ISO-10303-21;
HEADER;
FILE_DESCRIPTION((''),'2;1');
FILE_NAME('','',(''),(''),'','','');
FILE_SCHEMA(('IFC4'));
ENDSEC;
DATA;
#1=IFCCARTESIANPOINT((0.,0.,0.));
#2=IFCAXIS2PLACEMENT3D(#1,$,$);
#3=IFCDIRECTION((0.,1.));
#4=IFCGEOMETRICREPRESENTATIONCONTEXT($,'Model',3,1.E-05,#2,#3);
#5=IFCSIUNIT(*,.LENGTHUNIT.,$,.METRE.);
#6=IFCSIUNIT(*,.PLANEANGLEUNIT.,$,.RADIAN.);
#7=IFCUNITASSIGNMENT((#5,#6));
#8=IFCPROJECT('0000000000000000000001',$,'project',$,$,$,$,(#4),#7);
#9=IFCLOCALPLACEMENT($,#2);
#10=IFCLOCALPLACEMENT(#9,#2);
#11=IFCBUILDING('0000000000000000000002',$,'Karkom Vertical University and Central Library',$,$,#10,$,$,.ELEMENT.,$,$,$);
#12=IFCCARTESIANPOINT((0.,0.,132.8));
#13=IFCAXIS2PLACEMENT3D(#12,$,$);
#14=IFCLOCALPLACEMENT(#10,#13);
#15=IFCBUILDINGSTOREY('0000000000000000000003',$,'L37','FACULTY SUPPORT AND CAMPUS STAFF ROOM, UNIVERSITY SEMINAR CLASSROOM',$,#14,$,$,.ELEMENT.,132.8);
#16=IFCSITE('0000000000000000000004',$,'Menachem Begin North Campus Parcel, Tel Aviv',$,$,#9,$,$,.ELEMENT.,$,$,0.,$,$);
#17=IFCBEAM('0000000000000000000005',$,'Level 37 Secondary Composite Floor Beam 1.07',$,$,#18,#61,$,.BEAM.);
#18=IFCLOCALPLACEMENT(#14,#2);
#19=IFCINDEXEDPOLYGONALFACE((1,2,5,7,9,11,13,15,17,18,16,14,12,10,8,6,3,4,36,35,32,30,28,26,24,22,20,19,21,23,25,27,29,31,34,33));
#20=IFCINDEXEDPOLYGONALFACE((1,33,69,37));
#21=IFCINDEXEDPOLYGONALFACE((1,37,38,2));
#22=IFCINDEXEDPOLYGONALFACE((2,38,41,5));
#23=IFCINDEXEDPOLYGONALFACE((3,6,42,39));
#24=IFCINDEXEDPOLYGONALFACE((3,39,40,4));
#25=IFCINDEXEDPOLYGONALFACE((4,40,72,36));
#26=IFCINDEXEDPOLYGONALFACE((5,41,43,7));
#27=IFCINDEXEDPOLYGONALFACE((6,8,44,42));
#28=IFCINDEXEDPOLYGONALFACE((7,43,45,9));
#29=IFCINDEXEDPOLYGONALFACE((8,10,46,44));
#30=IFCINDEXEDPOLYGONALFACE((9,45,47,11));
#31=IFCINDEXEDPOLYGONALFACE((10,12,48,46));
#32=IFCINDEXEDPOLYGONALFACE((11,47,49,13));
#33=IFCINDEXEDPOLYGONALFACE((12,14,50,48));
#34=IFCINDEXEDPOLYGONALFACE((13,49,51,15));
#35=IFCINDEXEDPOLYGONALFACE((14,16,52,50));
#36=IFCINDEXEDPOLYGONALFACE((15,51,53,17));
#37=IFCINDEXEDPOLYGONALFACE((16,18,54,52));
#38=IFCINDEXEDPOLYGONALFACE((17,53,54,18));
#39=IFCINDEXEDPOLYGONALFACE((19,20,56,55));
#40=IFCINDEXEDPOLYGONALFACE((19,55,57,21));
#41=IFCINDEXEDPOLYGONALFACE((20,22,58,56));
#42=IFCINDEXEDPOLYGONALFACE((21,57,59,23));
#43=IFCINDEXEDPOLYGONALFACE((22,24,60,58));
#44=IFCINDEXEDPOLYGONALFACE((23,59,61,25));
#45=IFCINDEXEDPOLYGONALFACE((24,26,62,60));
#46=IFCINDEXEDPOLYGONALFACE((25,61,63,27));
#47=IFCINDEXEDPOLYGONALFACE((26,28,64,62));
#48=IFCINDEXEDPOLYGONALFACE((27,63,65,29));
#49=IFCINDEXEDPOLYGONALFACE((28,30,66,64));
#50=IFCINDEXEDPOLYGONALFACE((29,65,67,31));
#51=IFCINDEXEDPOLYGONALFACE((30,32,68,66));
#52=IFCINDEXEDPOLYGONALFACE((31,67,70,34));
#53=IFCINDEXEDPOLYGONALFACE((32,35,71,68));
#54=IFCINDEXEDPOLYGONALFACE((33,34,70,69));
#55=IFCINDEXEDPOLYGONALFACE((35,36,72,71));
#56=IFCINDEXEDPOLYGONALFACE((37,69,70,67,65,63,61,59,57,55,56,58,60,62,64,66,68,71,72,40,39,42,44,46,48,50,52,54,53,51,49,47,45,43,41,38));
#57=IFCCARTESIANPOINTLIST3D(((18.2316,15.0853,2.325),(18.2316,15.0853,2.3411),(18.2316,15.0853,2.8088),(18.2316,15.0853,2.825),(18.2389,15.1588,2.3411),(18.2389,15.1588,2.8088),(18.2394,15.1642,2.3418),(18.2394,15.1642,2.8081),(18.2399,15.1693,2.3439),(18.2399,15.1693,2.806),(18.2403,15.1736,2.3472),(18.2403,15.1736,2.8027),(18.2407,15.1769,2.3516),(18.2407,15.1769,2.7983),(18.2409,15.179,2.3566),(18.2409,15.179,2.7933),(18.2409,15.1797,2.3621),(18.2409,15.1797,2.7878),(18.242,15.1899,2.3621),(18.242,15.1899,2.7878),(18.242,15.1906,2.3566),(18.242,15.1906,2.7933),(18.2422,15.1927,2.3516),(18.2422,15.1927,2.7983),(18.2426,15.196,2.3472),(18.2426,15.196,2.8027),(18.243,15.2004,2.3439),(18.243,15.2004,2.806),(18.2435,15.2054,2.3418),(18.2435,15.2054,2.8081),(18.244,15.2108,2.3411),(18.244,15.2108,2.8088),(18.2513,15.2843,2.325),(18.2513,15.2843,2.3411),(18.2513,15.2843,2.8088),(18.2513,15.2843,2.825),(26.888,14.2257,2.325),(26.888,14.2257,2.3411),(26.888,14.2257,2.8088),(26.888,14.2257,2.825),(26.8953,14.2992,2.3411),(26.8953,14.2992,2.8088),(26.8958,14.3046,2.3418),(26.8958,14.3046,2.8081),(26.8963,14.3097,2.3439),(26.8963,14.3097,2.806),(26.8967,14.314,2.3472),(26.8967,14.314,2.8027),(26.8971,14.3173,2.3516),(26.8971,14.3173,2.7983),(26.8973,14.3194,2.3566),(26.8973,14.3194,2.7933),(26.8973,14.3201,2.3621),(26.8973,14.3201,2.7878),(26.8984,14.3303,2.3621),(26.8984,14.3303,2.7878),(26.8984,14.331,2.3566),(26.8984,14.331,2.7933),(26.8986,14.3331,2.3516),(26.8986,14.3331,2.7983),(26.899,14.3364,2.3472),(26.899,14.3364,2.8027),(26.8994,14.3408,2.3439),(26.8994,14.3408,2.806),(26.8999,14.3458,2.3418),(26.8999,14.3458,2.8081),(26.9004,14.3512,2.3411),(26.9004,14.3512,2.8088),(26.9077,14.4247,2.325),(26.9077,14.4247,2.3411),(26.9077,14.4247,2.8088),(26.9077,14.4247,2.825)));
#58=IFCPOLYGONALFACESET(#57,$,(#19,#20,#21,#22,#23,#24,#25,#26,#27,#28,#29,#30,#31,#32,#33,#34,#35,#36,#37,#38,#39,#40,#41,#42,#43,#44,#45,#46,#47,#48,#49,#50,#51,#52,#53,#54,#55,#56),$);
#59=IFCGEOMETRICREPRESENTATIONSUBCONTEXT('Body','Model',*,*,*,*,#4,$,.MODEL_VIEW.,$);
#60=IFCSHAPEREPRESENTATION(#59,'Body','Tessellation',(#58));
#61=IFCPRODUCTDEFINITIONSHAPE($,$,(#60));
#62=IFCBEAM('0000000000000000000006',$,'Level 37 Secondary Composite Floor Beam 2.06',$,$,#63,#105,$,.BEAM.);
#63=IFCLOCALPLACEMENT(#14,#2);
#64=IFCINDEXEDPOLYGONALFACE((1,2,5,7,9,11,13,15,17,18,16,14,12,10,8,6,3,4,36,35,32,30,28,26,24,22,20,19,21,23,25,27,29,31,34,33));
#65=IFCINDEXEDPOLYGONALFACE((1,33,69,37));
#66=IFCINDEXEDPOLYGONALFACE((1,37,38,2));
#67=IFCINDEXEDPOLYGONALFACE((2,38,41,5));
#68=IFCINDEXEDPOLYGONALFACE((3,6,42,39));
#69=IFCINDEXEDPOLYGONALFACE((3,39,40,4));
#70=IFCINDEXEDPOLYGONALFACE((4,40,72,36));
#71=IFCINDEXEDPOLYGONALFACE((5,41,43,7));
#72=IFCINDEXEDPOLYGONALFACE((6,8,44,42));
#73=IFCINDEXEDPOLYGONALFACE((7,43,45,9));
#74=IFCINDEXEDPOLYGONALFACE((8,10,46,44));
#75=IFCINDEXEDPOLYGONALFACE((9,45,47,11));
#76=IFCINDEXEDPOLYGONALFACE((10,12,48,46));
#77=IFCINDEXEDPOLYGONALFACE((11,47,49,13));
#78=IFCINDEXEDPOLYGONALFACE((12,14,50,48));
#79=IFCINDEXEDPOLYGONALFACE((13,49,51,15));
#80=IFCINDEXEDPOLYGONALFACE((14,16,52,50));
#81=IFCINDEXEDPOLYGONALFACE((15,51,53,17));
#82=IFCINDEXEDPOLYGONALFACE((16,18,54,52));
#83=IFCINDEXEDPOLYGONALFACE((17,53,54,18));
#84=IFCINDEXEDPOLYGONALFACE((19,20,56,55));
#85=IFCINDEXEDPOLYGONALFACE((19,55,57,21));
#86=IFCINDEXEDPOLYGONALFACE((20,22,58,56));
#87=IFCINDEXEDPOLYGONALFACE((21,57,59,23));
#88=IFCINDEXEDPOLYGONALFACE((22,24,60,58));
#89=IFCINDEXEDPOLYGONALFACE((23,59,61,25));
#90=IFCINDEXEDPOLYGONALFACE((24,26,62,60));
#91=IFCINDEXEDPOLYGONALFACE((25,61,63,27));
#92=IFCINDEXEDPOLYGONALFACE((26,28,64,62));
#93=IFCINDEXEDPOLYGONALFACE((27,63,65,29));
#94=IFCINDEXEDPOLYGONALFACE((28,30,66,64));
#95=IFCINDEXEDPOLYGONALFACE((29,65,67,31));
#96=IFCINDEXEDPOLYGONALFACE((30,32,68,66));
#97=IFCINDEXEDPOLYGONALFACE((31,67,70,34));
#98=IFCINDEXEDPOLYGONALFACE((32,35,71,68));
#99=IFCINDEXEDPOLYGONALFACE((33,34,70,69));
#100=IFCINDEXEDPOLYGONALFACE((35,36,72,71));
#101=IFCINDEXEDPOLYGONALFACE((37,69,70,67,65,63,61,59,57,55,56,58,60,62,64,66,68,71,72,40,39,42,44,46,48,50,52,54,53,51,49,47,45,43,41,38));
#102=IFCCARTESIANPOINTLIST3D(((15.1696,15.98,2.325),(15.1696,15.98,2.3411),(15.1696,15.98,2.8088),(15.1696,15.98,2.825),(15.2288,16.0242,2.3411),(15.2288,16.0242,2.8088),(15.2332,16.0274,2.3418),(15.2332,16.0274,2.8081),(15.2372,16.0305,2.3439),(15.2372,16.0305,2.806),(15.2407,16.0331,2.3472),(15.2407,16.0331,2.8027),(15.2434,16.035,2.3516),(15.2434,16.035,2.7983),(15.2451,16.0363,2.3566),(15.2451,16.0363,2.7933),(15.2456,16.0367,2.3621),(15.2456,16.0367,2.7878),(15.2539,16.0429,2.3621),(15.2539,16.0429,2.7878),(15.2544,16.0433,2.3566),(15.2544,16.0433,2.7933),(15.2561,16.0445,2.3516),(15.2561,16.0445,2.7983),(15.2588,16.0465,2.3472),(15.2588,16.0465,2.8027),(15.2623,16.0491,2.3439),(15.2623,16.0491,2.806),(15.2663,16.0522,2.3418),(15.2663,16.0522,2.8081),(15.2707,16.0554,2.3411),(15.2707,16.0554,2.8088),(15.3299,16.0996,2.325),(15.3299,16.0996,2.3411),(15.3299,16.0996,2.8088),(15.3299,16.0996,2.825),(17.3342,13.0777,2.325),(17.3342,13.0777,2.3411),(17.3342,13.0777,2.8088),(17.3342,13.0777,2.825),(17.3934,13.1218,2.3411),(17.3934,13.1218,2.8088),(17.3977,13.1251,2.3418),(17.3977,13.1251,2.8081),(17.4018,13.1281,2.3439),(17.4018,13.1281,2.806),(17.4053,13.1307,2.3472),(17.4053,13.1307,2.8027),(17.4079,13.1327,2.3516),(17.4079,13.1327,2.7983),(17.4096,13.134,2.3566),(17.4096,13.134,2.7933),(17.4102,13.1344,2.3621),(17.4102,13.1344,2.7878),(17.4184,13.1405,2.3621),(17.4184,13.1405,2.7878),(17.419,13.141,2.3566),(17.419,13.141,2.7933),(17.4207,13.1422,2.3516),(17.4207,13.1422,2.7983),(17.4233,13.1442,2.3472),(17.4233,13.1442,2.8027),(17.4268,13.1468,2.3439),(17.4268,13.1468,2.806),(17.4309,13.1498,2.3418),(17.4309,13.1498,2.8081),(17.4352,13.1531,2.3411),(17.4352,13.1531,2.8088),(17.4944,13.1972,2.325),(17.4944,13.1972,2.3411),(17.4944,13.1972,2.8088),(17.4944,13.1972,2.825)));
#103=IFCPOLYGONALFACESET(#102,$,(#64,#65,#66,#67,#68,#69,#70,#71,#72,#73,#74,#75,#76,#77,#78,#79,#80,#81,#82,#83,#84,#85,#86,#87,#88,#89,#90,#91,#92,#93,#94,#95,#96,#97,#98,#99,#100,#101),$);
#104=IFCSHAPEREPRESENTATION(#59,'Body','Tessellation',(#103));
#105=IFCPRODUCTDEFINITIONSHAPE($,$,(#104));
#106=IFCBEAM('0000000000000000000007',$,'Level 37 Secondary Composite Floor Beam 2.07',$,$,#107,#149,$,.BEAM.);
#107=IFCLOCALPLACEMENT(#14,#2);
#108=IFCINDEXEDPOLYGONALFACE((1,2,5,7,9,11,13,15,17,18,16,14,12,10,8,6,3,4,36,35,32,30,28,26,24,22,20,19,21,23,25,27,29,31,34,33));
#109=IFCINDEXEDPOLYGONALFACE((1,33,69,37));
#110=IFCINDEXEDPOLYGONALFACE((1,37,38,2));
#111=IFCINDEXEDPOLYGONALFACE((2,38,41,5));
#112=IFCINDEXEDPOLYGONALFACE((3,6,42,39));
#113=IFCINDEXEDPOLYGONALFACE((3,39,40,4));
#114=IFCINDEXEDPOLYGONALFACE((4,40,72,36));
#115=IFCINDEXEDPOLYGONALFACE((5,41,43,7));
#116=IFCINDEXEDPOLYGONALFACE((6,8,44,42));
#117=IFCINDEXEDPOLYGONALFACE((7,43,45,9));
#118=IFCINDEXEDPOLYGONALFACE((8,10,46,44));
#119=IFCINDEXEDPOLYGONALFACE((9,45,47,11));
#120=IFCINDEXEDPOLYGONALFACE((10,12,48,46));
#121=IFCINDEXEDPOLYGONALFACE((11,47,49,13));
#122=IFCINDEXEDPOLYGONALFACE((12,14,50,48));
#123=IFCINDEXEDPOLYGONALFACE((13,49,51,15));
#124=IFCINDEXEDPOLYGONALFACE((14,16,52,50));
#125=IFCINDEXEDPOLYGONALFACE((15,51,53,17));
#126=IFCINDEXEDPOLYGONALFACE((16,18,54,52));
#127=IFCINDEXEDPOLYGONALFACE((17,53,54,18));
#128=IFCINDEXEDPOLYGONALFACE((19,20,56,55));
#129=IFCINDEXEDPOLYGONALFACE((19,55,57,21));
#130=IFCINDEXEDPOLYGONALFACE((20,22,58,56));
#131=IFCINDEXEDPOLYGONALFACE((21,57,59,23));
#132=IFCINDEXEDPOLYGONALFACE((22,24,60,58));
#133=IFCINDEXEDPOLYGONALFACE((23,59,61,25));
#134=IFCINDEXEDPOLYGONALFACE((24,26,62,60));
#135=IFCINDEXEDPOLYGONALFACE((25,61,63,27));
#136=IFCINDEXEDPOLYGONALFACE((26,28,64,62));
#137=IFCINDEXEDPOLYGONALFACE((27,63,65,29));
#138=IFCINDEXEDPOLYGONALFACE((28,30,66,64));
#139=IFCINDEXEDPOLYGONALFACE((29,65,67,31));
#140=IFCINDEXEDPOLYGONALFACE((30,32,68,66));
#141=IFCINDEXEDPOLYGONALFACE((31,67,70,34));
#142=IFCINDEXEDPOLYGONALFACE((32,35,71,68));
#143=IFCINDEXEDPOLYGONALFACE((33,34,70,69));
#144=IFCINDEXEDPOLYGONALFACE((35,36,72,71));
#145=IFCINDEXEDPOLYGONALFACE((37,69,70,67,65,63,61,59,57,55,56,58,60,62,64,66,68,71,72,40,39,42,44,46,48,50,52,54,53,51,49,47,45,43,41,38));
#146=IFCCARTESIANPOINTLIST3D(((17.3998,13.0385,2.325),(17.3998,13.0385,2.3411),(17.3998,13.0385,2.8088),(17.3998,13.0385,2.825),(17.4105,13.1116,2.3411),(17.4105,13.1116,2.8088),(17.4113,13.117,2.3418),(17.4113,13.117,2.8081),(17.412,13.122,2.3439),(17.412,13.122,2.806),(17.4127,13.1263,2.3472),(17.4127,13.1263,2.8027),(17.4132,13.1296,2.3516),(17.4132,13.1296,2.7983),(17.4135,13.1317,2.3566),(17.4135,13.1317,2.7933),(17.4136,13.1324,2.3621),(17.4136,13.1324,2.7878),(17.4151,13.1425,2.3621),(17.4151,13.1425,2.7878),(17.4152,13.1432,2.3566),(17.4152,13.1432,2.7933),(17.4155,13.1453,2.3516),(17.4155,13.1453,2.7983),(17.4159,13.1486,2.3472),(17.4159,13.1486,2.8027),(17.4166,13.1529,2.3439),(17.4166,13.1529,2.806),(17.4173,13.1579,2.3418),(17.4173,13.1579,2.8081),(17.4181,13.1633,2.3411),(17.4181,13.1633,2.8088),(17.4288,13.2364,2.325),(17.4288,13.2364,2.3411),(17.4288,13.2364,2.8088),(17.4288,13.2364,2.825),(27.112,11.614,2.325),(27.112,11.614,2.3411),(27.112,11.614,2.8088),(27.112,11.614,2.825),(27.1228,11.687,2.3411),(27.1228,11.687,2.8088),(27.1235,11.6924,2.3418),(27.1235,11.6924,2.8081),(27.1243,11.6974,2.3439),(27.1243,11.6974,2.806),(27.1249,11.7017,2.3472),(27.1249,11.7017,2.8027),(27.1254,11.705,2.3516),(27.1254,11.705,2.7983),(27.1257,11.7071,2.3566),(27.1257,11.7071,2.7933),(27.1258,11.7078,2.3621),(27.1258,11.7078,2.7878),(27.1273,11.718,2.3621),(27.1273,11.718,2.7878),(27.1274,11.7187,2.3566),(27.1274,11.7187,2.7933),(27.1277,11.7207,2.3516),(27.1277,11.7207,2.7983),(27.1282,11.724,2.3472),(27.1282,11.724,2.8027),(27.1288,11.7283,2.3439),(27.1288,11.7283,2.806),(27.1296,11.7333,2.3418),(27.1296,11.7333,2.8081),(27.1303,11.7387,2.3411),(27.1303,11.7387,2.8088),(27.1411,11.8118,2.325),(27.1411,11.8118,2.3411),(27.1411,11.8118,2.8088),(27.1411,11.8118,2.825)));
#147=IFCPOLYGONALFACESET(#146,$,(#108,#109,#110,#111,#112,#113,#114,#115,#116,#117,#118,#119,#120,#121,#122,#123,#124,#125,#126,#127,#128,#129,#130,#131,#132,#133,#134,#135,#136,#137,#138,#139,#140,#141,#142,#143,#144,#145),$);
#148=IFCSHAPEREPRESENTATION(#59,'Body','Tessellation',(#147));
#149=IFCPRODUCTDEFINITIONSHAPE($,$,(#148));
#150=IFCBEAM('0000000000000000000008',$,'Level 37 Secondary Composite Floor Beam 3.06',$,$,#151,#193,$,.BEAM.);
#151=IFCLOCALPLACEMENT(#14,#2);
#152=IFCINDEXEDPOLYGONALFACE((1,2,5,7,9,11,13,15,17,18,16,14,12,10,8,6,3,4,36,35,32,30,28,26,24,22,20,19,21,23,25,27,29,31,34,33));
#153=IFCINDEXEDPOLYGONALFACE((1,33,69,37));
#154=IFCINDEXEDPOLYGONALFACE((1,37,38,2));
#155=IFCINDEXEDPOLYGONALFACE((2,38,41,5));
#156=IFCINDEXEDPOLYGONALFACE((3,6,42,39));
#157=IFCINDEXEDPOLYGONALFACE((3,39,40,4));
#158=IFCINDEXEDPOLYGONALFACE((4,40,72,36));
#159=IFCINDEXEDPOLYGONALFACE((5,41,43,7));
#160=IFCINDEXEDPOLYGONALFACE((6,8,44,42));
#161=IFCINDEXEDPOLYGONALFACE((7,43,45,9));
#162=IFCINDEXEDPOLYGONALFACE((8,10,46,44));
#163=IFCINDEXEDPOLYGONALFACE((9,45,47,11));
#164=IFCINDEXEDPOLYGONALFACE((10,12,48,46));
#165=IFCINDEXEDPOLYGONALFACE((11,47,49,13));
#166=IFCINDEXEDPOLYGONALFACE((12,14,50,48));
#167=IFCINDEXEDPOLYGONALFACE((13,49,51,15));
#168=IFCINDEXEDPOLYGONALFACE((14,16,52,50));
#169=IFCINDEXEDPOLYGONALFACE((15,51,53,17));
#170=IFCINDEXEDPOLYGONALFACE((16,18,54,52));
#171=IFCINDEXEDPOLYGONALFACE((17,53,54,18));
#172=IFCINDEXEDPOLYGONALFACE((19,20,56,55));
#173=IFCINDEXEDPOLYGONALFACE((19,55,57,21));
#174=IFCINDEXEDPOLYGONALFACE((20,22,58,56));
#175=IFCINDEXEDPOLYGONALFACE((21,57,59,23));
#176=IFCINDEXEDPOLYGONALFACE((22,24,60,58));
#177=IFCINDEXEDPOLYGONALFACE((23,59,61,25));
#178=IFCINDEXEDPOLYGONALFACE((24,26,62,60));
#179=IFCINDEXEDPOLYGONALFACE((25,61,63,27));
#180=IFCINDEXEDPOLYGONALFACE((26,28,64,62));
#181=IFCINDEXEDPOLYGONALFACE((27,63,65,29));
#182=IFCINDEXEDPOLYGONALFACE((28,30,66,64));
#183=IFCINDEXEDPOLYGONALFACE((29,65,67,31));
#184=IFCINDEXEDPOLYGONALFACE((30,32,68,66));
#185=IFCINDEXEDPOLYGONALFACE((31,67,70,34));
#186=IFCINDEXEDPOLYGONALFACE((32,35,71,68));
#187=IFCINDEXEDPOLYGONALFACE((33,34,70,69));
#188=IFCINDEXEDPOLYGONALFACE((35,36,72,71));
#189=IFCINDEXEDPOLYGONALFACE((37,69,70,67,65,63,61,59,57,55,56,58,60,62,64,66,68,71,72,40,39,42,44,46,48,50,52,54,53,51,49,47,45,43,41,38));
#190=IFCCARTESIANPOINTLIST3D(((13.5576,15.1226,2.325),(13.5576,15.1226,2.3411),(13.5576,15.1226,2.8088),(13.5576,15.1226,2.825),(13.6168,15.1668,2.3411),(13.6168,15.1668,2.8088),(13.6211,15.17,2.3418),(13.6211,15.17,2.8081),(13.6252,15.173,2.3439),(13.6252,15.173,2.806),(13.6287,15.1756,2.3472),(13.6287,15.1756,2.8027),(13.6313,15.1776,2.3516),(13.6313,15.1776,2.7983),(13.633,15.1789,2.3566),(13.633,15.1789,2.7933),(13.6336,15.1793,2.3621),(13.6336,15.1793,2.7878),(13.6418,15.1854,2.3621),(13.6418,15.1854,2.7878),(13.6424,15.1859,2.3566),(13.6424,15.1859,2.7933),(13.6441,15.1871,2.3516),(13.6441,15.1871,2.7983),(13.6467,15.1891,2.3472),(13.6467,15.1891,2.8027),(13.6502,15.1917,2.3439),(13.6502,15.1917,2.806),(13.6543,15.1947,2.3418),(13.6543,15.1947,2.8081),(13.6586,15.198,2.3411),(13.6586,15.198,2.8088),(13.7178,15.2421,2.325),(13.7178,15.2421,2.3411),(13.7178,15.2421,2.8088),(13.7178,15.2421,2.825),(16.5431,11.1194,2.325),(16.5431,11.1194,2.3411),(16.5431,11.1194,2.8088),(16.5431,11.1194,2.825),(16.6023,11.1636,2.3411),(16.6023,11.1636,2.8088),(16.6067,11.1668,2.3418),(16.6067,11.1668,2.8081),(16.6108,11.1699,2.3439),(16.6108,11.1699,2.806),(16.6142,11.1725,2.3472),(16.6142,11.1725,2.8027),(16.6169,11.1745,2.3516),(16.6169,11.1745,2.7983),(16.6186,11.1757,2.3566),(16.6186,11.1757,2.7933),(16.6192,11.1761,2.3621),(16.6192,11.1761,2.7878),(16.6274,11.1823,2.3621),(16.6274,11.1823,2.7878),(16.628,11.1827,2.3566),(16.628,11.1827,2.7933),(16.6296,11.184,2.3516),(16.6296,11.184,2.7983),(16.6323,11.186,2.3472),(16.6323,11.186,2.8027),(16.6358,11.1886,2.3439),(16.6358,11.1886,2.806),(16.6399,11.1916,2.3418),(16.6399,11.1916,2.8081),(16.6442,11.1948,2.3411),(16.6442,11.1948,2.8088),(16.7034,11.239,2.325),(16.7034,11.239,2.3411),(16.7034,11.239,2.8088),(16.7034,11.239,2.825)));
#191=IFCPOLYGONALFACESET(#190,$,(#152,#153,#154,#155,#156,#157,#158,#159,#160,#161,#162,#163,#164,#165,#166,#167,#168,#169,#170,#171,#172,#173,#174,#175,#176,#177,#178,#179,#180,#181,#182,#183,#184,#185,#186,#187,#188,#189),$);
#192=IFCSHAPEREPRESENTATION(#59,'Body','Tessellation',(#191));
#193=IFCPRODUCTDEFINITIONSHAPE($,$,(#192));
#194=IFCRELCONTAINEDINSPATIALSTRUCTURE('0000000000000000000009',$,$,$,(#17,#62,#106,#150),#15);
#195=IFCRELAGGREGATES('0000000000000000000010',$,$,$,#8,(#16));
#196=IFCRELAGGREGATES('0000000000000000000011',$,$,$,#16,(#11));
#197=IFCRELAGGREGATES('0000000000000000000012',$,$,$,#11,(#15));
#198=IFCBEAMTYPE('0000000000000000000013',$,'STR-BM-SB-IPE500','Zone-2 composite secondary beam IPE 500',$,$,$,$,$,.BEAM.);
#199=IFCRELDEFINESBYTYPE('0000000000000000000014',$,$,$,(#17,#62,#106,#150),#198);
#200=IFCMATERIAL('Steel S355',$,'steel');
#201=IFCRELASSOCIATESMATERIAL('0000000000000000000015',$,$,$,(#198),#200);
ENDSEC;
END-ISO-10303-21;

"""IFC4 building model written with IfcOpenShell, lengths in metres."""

from ifc_helpers import new_model, si_unit, direction, frame, origin, origin_with_axes, origin_2d, place, context, subcontext, project, spatial, i_section, extrude, source, transform, mapped, material, material_profile, profile_set, type_object, element, save


model = new_model("IFC4")

# Units and contexts
model_context = context("Model", 3, precision=1e-05, world=origin(), true_north=direction((0.0, 1.0)))
body_context = subcontext(model_context, "Body", "Model", "MODEL_VIEW")
ifc_project = project(units=[si_unit("LENGTHUNIT", "METRE"), si_unit("PLANEANGLEUNIT", "RADIAN")], contexts=[model_context])

# Site, building, storey
site_placement = place(None, origin())
site = spatial("IfcSite", under=ifc_project, at=site_placement, Name="Menachem Begin North Campus Parcel, Tel Aviv", CompositionType="ELEMENT", RefElevation=0.0)
building_placement = place(site_placement, origin())
building = spatial("IfcBuilding", under=site, at=building_placement, Name="Karkom Vertical University and Central Library", CompositionType="ELEMENT")
storey_placement = place(building_placement, frame((0.0, 0.0, 132.8)))
storey = spatial("IfcBuildingStorey", under=building, at=storey_placement, Name="L37", Description="FACULTY SUPPORT AND CAMPUS STAFF ROOM, UNIVERSITY SEMINAR CLASSROOM", CompositionType="ELEMENT", Elevation=132.8)

# Beams
ifc_material_1 = material(Name="Steel S355", Category="steel")
ifc_material_profile_1 = material_profile(ifc_material_1, i_section(OverallWidth=0.2, OverallDepth=0.5, WebThickness=0.0103, FlangeThickness=0.0161, FilletRadius=0.021, at=origin_2d()), Name="IPE 500")
ifc_profile_set_1 = profile_set([ifc_material_profile_1], Name="Steel S355")
beam_type_1 = type_object("IfcBeamType", Name="STR-BM-SB-IPE500", Description="Zone-2 composite secondary beam IPE 500", PredefinedType="BEAM", material=ifc_profile_set_1)
shared_shape_1 = source(origin_with_axes(), body_context, "Body", "SweptSolid", [
    extrude(i_section(OverallWidth=0.2, OverallDepth=0.5, WebThickness=0.0103, FlangeThickness=0.0161, FilletRadius=0.021, at=origin_2d()), origin(), (0.0, 0.0, 1.0), 8.699),
])
beam_1_placement = place(storey_placement, frame((18.2415, 15.1848, 2.575), z_axis=(0.995106, -0.098817, 0.0), x_axis=(0.098817, 0.995106, 0.0)))
element("IfcBeam", 1, at=beam_1_placement, inside=storey, type_object=beam_type_1, Name="Level 37 Secondary Composite Floor Beam 1.07", PredefinedType="BEAM", context=body_context, shape_type="MappedRepresentation", body=[
    mapped(shared_shape_1, transform((0.0, 0.0, 0.0), scale=1.0)),
])
shared_shape_2 = source(origin_with_axes(), body_context, "Body", "SweptSolid", [
    extrude(i_section(OverallWidth=0.2, OverallDepth=0.5, WebThickness=0.0103, FlangeThickness=0.0161, FilletRadius=0.021, at=origin_2d()), origin(), (0.0, 0.0, 1.0), 3.6206),
])
beam_2_placement = place(storey_placement, frame((15.2498, 16.0398, 2.575), z_axis=(0.59784, -0.801615, 0.0), x_axis=(0.801615, 0.59784, 0.0)))
element("IfcBeam", 2, at=beam_2_placement, inside=storey, type_object=beam_type_1, Name="Level 37 Secondary Composite Floor Beam 2.06", PredefinedType="BEAM", context=body_context, shape_type="MappedRepresentation", body=[
    mapped(shared_shape_2, transform((0.0, 0.0, 0.0), scale=1.0)),
])
shared_shape_3 = source(origin_with_axes(), body_context, "Body", "SweptSolid", [
    extrude(i_section(OverallWidth=0.2, OverallDepth=0.5, WebThickness=0.0103, FlangeThickness=0.0161, FilletRadius=0.021, at=origin_2d()), origin(), (0.0, 0.0, 1.0), 9.8162),
])
beam_3_placement = place(storey_placement, frame((17.4143, 13.1375, 2.575), z_axis=(0.989413, -0.145125, 0.0), x_axis=(0.145125, 0.989413, 0.0)))
element("IfcBeam", 3, at=beam_3_placement, inside=storey, type_object=beam_type_1, Name="Level 37 Secondary Composite Floor Beam 2.07", PredefinedType="BEAM", context=body_context, shape_type="MappedRepresentation", body=[
    mapped(shared_shape_3, transform((0.0, 0.0, 0.0), scale=1.0)),
])
shared_shape_4 = source(origin_with_axes(), body_context, "Body", "SweptSolid", [
    extrude(i_section(OverallWidth=0.2, OverallDepth=0.5, WebThickness=0.0103, FlangeThickness=0.0161, FilletRadius=0.021, at=origin_2d()), origin(), (0.0, 0.0, 1.0), 4.9939),
])
beam_4_placement = place(storey_placement, frame((13.6377, 15.1824, 2.575), z_axis=(0.597847, -0.80161, 0.0), x_axis=(0.80161, 0.597847, 0.0)))
element("IfcBeam", 4, at=beam_4_placement, inside=storey, type_object=beam_type_1, Name="Level 37 Secondary Composite Floor Beam 3.06", PredefinedType="BEAM", context=body_context, shape_type="MappedRepresentation", body=[
    mapped(shared_shape_4, transform((0.0, 0.0, 0.0), scale=1.0)),
])

save(model, "model.ifc")
